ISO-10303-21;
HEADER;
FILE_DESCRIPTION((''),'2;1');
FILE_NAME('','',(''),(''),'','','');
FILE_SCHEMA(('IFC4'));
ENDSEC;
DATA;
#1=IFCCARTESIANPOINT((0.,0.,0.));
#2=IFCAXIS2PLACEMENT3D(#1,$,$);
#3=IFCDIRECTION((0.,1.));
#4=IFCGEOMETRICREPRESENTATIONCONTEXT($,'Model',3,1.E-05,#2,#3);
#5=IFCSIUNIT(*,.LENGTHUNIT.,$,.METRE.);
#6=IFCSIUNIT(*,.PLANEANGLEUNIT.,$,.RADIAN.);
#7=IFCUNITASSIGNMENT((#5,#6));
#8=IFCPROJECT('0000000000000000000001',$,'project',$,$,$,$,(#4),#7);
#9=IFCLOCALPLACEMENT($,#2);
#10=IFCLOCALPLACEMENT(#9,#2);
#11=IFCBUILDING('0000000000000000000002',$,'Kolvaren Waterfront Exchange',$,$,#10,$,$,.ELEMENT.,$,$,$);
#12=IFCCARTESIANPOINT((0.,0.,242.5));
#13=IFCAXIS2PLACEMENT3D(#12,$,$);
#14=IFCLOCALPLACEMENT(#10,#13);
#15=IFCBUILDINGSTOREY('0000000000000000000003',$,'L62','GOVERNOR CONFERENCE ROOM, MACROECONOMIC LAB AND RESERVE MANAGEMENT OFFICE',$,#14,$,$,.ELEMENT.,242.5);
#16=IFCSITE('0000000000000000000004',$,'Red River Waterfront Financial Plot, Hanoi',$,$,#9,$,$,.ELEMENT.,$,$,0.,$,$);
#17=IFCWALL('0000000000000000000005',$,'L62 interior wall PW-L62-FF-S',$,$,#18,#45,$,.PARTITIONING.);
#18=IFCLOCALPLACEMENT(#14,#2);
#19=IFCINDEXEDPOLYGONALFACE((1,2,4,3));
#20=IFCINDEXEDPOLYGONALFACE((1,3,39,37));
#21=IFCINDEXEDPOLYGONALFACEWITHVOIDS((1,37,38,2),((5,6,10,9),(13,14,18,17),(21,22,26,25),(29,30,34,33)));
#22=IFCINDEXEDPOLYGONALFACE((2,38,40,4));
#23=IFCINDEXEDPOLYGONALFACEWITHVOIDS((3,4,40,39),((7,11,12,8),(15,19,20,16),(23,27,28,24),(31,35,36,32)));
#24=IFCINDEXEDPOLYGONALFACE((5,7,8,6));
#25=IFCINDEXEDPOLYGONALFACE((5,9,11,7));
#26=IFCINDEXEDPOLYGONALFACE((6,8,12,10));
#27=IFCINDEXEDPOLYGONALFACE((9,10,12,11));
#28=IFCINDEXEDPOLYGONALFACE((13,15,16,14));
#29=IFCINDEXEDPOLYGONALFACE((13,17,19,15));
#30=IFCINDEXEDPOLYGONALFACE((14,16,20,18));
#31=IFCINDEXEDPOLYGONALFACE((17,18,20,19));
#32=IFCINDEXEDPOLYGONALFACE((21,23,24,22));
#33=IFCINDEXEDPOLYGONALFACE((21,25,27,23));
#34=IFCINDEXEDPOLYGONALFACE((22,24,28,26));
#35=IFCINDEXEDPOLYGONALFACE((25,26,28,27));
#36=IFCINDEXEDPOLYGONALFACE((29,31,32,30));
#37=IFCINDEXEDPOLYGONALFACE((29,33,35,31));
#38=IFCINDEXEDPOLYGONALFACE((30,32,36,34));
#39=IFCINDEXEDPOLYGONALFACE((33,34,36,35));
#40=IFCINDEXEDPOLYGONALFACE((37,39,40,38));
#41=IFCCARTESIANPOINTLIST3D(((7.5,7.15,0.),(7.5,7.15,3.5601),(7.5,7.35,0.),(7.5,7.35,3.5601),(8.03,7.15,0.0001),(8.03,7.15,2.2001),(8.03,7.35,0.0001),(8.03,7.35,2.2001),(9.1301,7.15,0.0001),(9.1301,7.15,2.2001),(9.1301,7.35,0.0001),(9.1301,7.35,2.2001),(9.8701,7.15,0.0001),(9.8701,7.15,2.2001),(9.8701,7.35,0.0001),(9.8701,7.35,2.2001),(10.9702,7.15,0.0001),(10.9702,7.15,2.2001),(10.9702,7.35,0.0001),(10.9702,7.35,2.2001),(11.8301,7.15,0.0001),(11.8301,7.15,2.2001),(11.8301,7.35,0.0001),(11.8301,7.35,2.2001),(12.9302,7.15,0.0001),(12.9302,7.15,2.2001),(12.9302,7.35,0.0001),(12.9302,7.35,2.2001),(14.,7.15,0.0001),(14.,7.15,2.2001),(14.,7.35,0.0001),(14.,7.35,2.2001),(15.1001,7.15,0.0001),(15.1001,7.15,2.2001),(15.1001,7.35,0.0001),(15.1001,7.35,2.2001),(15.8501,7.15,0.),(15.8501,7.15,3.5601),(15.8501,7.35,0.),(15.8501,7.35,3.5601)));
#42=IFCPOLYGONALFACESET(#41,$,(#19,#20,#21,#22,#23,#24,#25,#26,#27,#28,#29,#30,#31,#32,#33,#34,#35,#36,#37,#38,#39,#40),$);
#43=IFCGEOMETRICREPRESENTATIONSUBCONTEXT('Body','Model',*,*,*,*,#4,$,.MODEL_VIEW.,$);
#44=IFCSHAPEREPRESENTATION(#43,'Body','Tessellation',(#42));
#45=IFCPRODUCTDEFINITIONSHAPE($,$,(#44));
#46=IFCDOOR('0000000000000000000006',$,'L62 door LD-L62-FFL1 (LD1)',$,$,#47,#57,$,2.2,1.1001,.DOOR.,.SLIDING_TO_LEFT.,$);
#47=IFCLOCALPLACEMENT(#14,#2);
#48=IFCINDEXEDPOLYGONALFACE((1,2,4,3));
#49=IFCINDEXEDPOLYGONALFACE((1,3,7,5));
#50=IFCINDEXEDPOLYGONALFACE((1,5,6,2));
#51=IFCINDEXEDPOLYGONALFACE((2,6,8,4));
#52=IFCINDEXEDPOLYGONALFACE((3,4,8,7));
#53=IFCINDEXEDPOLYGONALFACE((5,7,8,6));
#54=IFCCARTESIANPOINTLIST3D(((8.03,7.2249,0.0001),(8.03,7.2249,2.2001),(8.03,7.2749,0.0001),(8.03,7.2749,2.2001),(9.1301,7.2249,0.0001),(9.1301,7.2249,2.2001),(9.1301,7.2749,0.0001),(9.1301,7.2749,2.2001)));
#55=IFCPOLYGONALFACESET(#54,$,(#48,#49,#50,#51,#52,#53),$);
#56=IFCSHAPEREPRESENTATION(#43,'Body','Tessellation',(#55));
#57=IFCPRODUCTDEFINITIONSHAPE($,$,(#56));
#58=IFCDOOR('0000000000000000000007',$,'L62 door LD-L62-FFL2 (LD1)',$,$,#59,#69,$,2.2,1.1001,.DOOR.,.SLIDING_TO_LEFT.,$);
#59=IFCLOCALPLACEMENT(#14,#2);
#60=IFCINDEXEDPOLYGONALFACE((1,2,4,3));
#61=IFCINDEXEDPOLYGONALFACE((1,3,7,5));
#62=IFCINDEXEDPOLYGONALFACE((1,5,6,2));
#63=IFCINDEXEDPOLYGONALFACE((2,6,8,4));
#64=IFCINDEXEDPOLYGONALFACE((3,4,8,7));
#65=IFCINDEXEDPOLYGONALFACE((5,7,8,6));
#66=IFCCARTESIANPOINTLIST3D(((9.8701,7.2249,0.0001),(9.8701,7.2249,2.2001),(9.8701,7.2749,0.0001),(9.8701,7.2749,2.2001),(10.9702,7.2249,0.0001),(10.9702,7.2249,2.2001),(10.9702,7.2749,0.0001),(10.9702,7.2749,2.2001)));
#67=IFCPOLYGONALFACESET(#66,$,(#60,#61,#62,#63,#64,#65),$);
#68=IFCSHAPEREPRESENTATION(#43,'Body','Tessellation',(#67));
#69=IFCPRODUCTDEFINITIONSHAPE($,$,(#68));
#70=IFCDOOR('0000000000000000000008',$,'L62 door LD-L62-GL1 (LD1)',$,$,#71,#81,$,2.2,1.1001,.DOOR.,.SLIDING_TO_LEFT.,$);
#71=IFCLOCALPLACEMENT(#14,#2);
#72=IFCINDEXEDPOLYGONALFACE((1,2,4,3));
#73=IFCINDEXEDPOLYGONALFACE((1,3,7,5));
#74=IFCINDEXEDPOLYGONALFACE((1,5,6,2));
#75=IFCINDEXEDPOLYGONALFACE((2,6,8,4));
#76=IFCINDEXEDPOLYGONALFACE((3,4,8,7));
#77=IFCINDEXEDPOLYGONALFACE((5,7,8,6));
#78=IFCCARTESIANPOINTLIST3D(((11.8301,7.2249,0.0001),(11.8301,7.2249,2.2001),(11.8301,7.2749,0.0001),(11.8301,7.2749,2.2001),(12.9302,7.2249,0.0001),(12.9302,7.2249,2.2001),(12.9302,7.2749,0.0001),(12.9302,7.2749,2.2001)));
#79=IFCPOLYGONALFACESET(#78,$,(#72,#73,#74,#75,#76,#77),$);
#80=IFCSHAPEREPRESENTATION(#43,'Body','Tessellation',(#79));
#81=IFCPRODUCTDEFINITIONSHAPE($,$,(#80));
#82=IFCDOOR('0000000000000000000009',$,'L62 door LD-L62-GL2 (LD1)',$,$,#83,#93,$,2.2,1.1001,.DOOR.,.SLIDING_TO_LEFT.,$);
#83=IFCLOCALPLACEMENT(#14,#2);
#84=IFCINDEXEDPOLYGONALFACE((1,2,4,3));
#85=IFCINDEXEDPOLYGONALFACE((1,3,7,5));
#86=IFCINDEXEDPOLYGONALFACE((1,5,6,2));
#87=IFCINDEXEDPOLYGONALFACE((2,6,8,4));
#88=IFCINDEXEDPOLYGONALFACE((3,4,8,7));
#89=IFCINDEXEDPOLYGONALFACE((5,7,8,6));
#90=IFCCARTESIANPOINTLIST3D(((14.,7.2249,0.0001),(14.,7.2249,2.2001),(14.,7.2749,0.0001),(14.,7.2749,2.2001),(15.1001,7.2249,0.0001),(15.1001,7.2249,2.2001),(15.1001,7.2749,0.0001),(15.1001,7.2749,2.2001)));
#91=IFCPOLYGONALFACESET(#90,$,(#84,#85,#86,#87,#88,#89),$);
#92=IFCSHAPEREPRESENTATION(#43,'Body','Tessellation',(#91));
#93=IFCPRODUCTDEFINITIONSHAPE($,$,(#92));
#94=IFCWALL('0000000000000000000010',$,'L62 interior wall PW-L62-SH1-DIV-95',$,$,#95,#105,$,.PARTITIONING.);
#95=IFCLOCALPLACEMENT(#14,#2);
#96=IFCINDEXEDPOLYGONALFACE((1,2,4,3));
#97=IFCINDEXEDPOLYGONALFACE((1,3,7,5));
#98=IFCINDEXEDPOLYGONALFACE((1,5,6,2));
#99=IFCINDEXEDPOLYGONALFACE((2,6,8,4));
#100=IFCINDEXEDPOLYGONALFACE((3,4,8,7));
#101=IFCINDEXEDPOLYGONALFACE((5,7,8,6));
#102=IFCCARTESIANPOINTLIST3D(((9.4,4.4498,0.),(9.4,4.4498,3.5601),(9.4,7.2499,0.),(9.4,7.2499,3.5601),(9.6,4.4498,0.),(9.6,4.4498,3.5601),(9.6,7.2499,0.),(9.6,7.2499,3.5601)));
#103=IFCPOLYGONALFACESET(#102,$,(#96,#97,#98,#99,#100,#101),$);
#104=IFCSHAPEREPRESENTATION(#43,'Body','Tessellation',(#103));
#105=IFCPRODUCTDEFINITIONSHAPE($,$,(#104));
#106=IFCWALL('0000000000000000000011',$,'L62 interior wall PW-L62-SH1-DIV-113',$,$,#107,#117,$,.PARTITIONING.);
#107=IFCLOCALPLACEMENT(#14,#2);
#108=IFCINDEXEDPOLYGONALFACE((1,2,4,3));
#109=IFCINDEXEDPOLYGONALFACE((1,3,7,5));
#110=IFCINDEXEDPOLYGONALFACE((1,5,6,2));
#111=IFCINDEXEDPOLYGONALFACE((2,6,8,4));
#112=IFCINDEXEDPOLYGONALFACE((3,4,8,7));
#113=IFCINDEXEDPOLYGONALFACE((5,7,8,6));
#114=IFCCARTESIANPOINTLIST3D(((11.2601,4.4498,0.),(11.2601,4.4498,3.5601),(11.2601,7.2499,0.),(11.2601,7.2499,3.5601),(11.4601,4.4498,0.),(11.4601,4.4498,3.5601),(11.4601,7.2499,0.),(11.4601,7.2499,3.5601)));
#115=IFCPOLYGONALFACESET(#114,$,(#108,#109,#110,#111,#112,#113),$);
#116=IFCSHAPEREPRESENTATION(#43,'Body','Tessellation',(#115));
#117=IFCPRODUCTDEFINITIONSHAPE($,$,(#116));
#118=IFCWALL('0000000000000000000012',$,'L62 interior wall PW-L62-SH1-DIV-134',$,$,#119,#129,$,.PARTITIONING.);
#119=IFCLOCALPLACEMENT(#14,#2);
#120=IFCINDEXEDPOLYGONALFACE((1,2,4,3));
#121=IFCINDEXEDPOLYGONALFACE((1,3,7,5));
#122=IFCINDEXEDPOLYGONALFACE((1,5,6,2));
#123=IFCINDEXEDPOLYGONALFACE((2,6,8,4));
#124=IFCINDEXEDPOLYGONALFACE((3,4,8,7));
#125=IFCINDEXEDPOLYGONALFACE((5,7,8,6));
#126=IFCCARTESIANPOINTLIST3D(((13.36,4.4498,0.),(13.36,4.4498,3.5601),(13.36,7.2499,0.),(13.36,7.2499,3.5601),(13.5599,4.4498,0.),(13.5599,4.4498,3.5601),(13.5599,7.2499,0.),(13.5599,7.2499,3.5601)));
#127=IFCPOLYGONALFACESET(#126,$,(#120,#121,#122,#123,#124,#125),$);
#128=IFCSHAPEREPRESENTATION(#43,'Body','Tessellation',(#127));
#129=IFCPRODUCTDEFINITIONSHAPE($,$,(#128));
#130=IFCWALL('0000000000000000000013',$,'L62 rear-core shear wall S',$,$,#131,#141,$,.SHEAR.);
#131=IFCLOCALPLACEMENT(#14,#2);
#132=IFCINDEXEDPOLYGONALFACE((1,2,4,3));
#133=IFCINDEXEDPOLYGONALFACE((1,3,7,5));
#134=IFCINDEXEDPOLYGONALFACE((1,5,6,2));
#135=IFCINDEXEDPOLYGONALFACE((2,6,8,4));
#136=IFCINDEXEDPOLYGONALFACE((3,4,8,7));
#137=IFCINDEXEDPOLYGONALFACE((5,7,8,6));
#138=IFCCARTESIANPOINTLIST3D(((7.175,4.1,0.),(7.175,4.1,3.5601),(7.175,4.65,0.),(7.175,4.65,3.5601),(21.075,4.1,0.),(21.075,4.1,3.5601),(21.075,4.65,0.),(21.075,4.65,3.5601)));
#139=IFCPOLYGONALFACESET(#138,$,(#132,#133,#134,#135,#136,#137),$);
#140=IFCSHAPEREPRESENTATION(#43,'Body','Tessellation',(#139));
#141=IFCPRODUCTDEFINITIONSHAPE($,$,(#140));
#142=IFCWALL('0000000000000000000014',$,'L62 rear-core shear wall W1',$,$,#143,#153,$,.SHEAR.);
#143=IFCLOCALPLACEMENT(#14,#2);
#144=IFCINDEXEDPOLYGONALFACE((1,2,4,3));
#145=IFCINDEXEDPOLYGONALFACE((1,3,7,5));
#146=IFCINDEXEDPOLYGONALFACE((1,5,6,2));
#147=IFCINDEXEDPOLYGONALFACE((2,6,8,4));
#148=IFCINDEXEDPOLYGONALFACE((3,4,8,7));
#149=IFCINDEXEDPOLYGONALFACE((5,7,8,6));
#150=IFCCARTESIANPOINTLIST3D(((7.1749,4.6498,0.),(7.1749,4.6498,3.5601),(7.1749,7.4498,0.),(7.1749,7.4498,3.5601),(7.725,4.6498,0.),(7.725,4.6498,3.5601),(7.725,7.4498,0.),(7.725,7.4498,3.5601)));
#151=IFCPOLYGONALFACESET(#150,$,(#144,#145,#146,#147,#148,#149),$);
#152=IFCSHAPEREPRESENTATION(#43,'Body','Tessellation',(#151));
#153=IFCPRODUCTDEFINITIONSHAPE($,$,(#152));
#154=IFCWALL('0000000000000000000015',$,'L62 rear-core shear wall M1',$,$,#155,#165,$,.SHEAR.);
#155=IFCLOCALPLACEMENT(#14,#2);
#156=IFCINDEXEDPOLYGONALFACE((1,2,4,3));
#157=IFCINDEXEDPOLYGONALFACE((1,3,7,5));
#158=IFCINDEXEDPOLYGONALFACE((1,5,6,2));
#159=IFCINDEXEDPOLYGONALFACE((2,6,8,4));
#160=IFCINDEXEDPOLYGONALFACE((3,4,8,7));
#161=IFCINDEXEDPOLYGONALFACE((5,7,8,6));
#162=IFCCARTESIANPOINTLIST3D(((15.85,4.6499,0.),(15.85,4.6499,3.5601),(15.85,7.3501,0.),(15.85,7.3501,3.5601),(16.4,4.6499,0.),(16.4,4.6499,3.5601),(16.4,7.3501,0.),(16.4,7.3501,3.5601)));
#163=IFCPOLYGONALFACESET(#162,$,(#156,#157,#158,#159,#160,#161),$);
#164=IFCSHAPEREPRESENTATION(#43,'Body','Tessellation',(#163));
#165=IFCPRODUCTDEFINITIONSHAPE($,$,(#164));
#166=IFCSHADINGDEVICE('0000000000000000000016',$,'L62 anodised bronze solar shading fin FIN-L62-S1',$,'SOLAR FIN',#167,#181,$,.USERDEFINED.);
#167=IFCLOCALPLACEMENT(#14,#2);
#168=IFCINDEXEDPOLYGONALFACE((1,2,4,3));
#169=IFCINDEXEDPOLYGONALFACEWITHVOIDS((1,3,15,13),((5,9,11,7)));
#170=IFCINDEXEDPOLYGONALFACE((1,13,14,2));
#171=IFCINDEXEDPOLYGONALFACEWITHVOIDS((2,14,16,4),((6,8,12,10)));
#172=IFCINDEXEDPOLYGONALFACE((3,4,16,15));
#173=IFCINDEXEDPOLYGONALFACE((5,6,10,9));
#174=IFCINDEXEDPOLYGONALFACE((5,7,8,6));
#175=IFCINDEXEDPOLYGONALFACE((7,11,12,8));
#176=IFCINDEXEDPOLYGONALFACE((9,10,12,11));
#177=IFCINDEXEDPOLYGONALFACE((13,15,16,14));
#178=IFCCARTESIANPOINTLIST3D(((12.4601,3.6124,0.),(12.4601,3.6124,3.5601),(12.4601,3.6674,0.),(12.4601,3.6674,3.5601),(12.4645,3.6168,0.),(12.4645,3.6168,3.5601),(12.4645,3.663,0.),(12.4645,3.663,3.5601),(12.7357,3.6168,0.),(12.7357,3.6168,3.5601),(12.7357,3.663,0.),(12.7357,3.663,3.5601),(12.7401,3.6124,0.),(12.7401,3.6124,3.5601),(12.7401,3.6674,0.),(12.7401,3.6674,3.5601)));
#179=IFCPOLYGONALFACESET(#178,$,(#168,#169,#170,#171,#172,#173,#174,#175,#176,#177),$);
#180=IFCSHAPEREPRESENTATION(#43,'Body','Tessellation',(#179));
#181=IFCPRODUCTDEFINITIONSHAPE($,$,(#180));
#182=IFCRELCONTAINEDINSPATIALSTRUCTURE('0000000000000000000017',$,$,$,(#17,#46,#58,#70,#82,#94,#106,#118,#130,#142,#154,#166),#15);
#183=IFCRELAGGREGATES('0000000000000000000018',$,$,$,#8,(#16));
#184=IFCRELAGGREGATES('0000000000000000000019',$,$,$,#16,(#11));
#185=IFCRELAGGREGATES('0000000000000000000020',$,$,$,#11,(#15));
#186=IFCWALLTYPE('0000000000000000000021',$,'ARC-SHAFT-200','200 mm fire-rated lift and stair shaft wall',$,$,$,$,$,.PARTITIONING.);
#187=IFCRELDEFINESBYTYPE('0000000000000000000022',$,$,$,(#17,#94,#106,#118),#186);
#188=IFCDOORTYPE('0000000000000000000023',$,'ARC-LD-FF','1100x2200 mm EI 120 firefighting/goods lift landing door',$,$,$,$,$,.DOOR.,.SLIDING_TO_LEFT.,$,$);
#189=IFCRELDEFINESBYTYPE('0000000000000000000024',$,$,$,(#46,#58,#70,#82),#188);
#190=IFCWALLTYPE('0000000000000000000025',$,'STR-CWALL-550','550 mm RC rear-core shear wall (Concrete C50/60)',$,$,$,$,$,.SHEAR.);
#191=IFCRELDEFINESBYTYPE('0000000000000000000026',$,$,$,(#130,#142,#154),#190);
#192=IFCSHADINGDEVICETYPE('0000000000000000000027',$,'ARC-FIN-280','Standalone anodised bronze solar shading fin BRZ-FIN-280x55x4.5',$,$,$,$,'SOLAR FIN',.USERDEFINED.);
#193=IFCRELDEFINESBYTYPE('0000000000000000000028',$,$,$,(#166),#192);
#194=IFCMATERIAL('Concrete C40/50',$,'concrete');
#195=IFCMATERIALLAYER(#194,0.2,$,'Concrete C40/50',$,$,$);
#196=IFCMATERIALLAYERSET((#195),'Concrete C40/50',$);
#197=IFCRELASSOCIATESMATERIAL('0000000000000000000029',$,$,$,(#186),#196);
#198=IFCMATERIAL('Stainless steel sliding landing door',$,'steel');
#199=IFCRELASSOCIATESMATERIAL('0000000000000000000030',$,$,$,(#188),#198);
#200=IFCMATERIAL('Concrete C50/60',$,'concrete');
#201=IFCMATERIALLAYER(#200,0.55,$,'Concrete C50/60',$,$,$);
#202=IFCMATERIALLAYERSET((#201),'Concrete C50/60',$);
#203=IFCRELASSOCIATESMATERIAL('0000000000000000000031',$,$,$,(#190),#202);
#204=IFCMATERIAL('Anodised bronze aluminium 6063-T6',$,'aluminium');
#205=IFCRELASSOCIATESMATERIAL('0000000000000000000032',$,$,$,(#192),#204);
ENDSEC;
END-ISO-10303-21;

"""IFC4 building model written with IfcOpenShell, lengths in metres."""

from ifc_helpers import new_model, si_unit, direction, frame, frame_2d, origin, origin_2d, place, context, subcontext, project, spatial, rectangle, hollow_rectangle, extrude, material, layer, layer_set, material_profile, profile_set, type_object, element, fill, save


model = new_model("IFC4")

# Units and contexts
model_context = context("Model", 3, precision=1e-05, world=origin(), true_north=direction((0.0, 1.0)))
body_context = subcontext(model_context, "Body", "Model", "MODEL_VIEW")
ifc_project = project(units=[si_unit("LENGTHUNIT", "METRE"), si_unit("PLANEANGLEUNIT", "RADIAN")], contexts=[model_context])

# Site, building, storey
site_placement = place(None, origin())
site = spatial("IfcSite", under=ifc_project, at=site_placement, Name="Red River Waterfront Financial Plot, Hanoi", CompositionType="ELEMENT", RefElevation=0.0)
building_placement = place(site_placement, origin())
building = spatial("IfcBuilding", under=site, at=building_placement, Name="Kolvaren Waterfront Exchange", CompositionType="ELEMENT")
storey_placement = place(building_placement, frame((0.0, 0.0, 242.5)))
storey = spatial("IfcBuildingStorey", under=building, at=storey_placement, Name="L62", Description="GOVERNOR CONFERENCE ROOM, MACROECONOMIC LAB AND RESERVE MANAGEMENT OFFICE", CompositionType="ELEMENT", Elevation=242.5)

# Shared definitions
ifc_material_1 = material(Name="Concrete C50/60", Category="concrete")

# Shared definitions
ifc_material_2 = material(Name="Anodised bronze aluminium 6063-T6", Category="aluminium")

# Shared definitions
ifc_material_3 = material(Name="Concrete C40/50", Category="concrete")
ifc_layer_1 = layer(ifc_material_3, 0.2, Name="Concrete C40/50")
ifc_layer_set_1 = layer_set([ifc_layer_1], Name="Concrete C40/50")
wall_type_1 = type_object("IfcWallType", Name="ARC-SHAFT-200", Description="200 mm fire-rated lift and stair shaft wall", PredefinedType="PARTITIONING", material=ifc_layer_set_1)

# Wall, openings, doors
wall_1_placement = place(storey_placement, frame((7.5, 7.25, 0.0), z_axis=(0.0, 0.0, 1.0), x_axis=(1.0, 0.0, 0.0)))
wall_1 = element("IfcWall", 1, at=wall_1_placement, inside=storey, type_object=wall_type_1, Name="L62 interior wall PW-L62-FF-S", PredefinedType="PARTITIONING", context=body_context, shape_type="SweptSolid", body=[
    extrude(rectangle(XDim=8.3501, YDim=0.2, at=frame_2d((4.175, 0.0))), origin(), (0.0, 0.0, 1.0), 3.5601),
])
opening_1_placement = place(wall_1_placement, frame((0.53, 0.0, 0.0)))
opening_1 = element("IfcOpeningElement", 2, at=opening_1_placement, cuts=wall_1, PredefinedType="OPENING", context=body_context, shape_type="SweptSolid", body=[
    extrude(rectangle(XDim=1.1001, YDim=2.2, at=frame_2d((0.55, 1.1001))), frame((0.0, 0.1099, 0.0), z_axis=(0.0, -1.0, 0.0), x_axis=(1.0, 0.0, 0.0)), (0.0, 0.0, 1.0), 0.22),
])
opening_2_placement = place(wall_1_placement, frame((2.3701, 0.0, 0.0)))
opening_2 = element("IfcOpeningElement", 3, at=opening_2_placement, cuts=wall_1, PredefinedType="OPENING", context=body_context, shape_type="SweptSolid", body=[
    extrude(rectangle(XDim=1.1001, YDim=2.2, at=frame_2d((0.55, 1.1001))), frame((0.0, 0.1099, 0.0), z_axis=(0.0, -1.0, 0.0), x_axis=(1.0, 0.0, 0.0)), (0.0, 0.0, 1.0), 0.22),
])
opening_3_placement = place(wall_1_placement, frame((4.3301, 0.0, 0.0)))
opening_3 = element("IfcOpeningElement", 4, at=opening_3_placement, cuts=wall_1, PredefinedType="OPENING", context=body_context, shape_type="SweptSolid", body=[
    extrude(rectangle(XDim=1.1001, YDim=2.2, at=frame_2d((0.55, 1.1001))), frame((0.0, 0.1099, 0.0), z_axis=(0.0, -1.0, 0.0), x_axis=(1.0, 0.0, 0.0)), (0.0, 0.0, 1.0), 0.22),
])
opening_4_placement = place(wall_1_placement, frame((6.5, 0.0, 0.0)))
opening_4 = element("IfcOpeningElement", 5, at=opening_4_placement, cuts=wall_1, PredefinedType="OPENING", context=body_context, shape_type="SweptSolid", body=[
    extrude(rectangle(XDim=1.1001, YDim=2.2, at=frame_2d((0.55, 1.1001))), frame((0.0, 0.1099, 0.0), z_axis=(0.0, -1.0, 0.0), x_axis=(1.0, 0.0, 0.0)), (0.0, 0.0, 1.0), 0.22),
])
ifc_material_4 = material(Name="Stainless steel sliding landing door", Category="steel")
door_type = type_object("IfcDoorType", Name="ARC-LD-FF", Description="1100x2200 mm EI 120 firefighting/goods lift landing door", OperationType="SLIDING_TO_LEFT", PredefinedType="DOOR", material=ifc_material_4)
door_1_placement = place(opening_1_placement, origin())
door_1 = element("IfcDoor", 6, at=door_1_placement, inside=storey, type_object=door_type, Name="L62 door LD-L62-FFL1 (LD1)", OperationType="SLIDING_TO_LEFT", OverallHeight=2.2, OverallWidth=1.1001, PredefinedType="DOOR", context=body_context, shape_type="SweptSolid", body=[
    extrude(rectangle(XDim=1.1001, YDim=2.2, at=frame_2d((0.55, 1.1001))), frame((0.0, 0.0249, 0.0), z_axis=(0.0, -1.0, 0.0), x_axis=(1.0, 0.0, 0.0)), (0.0, 0.0, 1.0), 0.05),
])
fill(opening_1, door_1)
door_2_placement = place(opening_2_placement, origin())
door_2 = element("IfcDoor", 7, at=door_2_placement, inside=storey, type_object=door_type, Name="L62 door LD-L62-FFL2 (LD1)", OperationType="SLIDING_TO_LEFT", OverallHeight=2.2, OverallWidth=1.1001, PredefinedType="DOOR", context=body_context, shape_type="SweptSolid", body=[
    extrude(rectangle(XDim=1.1001, YDim=2.2, at=frame_2d((0.55, 1.1001))), frame((0.0, 0.0249, 0.0), z_axis=(0.0, -1.0, 0.0), x_axis=(1.0, 0.0, 0.0)), (0.0, 0.0, 1.0), 0.05),
])
fill(opening_2, door_2)
door_3_placement = place(opening_3_placement, origin())
door_3 = element("IfcDoor", 8, at=door_3_placement, inside=storey, type_object=door_type, Name="L62 door LD-L62-GL1 (LD1)", OperationType="SLIDING_TO_LEFT", OverallHeight=2.2, OverallWidth=1.1001, PredefinedType="DOOR", context=body_context, shape_type="SweptSolid", body=[
    extrude(rectangle(XDim=1.1001, YDim=2.2, at=frame_2d((0.55, 1.1001))), frame((0.0, 0.0249, 0.0), z_axis=(0.0, -1.0, 0.0), x_axis=(1.0, 0.0, 0.0)), (0.0, 0.0, 1.0), 0.05),
])
fill(opening_3, door_3)
door_4_placement = place(opening_4_placement, origin())
door_4 = element("IfcDoor", 9, at=door_4_placement, inside=storey, type_object=door_type, Name="L62 door LD-L62-GL2 (LD1)", OperationType="SLIDING_TO_LEFT", OverallHeight=2.2, OverallWidth=1.1001, PredefinedType="DOOR", context=body_context, shape_type="SweptSolid", body=[
    extrude(rectangle(XDim=1.1001, YDim=2.2, at=frame_2d((0.55, 1.1001))), frame((0.0, 0.0249, 0.0), z_axis=(0.0, -1.0, 0.0), x_axis=(1.0, 0.0, 0.0)), (0.0, 0.0, 1.0), 0.05),
])
fill(opening_4, door_4)

# Walls
for number, where, z_axis, x_axis, name in (
    (10, (9.5, 4.45, 0.0), (0.0, 0.0, 1.0), (0.0, 1.0, 0.0), "L62 interior wall PW-L62-SH1-DIV-95"),
    (11, (11.3601, 4.45, 0.0), (0.0, 0.0, 1.0), (0.0, 1.0, 0.0), "L62 interior wall PW-L62-SH1-DIV-113"),
    (12, (13.46, 4.45, 0.0), (0.0, 0.0, 1.0), (0.0, 1.0, 0.0), "L62 interior wall PW-L62-SH1-DIV-134"),
):
    element("IfcWall", number, at=place(storey_placement, frame(where, z_axis=z_axis, x_axis=x_axis)), inside=storey, type_object=wall_type_1, Name=name, PredefinedType="PARTITIONING", context=body_context, shape_type="SweptSolid", body=[
        extrude(rectangle(XDim=2.8, YDim=0.2, at=frame_2d((1.3999, 0.0))), origin(), (0.0, 0.0, 1.0), 3.5601),
    ])
ifc_layer_2 = layer(ifc_material_1, 0.55, Name="Concrete C50/60")
ifc_layer_set_2 = layer_set([ifc_layer_2], Name="Concrete C50/60")
wall_type_2 = type_object("IfcWallType", Name="STR-CWALL-550", Description="550 mm RC rear-core shear wall (Concrete C50/60)", PredefinedType="SHEAR", material=ifc_layer_set_2)
wall_2_placement = place(storey_placement, frame((7.175, 4.375, 0.0), z_axis=(0.0, 0.0, 1.0), x_axis=(1.0, 0.0, 0.0)))
element("IfcWall", 13, at=wall_2_placement, inside=storey, type_object=wall_type_2, Name="L62 rear-core shear wall S", PredefinedType="SHEAR", context=body_context, shape_type="SweptSolid", body=[
    extrude(rectangle(XDim=13.8999, YDim=0.55, at=frame_2d((6.95, 0.0))), origin(), (0.0, 0.0, 1.0), 3.5601),
])
wall_3_placement = place(storey_placement, frame((7.45, 4.6499, 0.0), z_axis=(0.0, 0.0, 1.0), x_axis=(0.0, 1.0, 0.0)))
element("IfcWall", 14, at=wall_3_placement, inside=storey, type_object=wall_type_2, Name="L62 rear-core shear wall W1", PredefinedType="SHEAR", context=body_context, shape_type="SweptSolid", body=[
    extrude(rectangle(XDim=2.8, YDim=0.55, at=frame_2d((1.3999, 0.0))), origin(), (0.0, 0.0, 1.0), 3.5601),
])
wall_4_placement = place(storey_placement, frame((16.125, 4.6499, 0.0), z_axis=(0.0, 0.0, 1.0), x_axis=(0.0, 1.0, 0.0)))
element("IfcWall", 15, at=wall_4_placement, inside=storey, type_object=wall_type_2, Name="L62 rear-core shear wall M1", PredefinedType="SHEAR", context=body_context, shape_type="SweptSolid", body=[
    extrude(rectangle(XDim=2.7002, YDim=0.55, at=frame_2d((1.3501, 0.0))), origin(), (0.0, 0.0, 1.0), 3.5601),
])

# Shading device
ifc_material_profile_1 = material_profile(ifc_material_2, hollow_rectangle(XDim=0.0549, YDim=0.28, WallThickness=0.0044, at=origin_2d()), Name="BRZ-FIN-280x55x4.5")
ifc_profile_set_1 = profile_set([ifc_material_profile_1], Name="Anodised bronze aluminium 6063-T6")
shading_device_type = type_object("IfcShadingDeviceType", Name="ARC-FIN-280", Description="Standalone anodised bronze solar shading fin BRZ-FIN-280x55x4.5", ElementType="SOLAR FIN", PredefinedType="USERDEFINED", material=ifc_profile_set_1)
shading_device_placement = place(storey_placement, frame((12.6001, 3.6399, 0.0), z_axis=(0.0, 0.0, 1.0), x_axis=(0.0, -1.0, 0.0)))
element("IfcShadingDevice", 16, at=shading_device_placement, inside=storey, type_object=shading_device_type, Name="L62 anodised bronze solar shading fin FIN-L62-S1", ObjectType="SOLAR FIN", PredefinedType="USERDEFINED", context=body_context, shape_type="SweptSolid", body=[
    extrude(hollow_rectangle(XDim=0.0549, YDim=0.28, WallThickness=0.0044, at=origin_2d()), origin(), (0.0, 0.0, 1.0), 3.5601),
])

save(model, "model.ifc")
